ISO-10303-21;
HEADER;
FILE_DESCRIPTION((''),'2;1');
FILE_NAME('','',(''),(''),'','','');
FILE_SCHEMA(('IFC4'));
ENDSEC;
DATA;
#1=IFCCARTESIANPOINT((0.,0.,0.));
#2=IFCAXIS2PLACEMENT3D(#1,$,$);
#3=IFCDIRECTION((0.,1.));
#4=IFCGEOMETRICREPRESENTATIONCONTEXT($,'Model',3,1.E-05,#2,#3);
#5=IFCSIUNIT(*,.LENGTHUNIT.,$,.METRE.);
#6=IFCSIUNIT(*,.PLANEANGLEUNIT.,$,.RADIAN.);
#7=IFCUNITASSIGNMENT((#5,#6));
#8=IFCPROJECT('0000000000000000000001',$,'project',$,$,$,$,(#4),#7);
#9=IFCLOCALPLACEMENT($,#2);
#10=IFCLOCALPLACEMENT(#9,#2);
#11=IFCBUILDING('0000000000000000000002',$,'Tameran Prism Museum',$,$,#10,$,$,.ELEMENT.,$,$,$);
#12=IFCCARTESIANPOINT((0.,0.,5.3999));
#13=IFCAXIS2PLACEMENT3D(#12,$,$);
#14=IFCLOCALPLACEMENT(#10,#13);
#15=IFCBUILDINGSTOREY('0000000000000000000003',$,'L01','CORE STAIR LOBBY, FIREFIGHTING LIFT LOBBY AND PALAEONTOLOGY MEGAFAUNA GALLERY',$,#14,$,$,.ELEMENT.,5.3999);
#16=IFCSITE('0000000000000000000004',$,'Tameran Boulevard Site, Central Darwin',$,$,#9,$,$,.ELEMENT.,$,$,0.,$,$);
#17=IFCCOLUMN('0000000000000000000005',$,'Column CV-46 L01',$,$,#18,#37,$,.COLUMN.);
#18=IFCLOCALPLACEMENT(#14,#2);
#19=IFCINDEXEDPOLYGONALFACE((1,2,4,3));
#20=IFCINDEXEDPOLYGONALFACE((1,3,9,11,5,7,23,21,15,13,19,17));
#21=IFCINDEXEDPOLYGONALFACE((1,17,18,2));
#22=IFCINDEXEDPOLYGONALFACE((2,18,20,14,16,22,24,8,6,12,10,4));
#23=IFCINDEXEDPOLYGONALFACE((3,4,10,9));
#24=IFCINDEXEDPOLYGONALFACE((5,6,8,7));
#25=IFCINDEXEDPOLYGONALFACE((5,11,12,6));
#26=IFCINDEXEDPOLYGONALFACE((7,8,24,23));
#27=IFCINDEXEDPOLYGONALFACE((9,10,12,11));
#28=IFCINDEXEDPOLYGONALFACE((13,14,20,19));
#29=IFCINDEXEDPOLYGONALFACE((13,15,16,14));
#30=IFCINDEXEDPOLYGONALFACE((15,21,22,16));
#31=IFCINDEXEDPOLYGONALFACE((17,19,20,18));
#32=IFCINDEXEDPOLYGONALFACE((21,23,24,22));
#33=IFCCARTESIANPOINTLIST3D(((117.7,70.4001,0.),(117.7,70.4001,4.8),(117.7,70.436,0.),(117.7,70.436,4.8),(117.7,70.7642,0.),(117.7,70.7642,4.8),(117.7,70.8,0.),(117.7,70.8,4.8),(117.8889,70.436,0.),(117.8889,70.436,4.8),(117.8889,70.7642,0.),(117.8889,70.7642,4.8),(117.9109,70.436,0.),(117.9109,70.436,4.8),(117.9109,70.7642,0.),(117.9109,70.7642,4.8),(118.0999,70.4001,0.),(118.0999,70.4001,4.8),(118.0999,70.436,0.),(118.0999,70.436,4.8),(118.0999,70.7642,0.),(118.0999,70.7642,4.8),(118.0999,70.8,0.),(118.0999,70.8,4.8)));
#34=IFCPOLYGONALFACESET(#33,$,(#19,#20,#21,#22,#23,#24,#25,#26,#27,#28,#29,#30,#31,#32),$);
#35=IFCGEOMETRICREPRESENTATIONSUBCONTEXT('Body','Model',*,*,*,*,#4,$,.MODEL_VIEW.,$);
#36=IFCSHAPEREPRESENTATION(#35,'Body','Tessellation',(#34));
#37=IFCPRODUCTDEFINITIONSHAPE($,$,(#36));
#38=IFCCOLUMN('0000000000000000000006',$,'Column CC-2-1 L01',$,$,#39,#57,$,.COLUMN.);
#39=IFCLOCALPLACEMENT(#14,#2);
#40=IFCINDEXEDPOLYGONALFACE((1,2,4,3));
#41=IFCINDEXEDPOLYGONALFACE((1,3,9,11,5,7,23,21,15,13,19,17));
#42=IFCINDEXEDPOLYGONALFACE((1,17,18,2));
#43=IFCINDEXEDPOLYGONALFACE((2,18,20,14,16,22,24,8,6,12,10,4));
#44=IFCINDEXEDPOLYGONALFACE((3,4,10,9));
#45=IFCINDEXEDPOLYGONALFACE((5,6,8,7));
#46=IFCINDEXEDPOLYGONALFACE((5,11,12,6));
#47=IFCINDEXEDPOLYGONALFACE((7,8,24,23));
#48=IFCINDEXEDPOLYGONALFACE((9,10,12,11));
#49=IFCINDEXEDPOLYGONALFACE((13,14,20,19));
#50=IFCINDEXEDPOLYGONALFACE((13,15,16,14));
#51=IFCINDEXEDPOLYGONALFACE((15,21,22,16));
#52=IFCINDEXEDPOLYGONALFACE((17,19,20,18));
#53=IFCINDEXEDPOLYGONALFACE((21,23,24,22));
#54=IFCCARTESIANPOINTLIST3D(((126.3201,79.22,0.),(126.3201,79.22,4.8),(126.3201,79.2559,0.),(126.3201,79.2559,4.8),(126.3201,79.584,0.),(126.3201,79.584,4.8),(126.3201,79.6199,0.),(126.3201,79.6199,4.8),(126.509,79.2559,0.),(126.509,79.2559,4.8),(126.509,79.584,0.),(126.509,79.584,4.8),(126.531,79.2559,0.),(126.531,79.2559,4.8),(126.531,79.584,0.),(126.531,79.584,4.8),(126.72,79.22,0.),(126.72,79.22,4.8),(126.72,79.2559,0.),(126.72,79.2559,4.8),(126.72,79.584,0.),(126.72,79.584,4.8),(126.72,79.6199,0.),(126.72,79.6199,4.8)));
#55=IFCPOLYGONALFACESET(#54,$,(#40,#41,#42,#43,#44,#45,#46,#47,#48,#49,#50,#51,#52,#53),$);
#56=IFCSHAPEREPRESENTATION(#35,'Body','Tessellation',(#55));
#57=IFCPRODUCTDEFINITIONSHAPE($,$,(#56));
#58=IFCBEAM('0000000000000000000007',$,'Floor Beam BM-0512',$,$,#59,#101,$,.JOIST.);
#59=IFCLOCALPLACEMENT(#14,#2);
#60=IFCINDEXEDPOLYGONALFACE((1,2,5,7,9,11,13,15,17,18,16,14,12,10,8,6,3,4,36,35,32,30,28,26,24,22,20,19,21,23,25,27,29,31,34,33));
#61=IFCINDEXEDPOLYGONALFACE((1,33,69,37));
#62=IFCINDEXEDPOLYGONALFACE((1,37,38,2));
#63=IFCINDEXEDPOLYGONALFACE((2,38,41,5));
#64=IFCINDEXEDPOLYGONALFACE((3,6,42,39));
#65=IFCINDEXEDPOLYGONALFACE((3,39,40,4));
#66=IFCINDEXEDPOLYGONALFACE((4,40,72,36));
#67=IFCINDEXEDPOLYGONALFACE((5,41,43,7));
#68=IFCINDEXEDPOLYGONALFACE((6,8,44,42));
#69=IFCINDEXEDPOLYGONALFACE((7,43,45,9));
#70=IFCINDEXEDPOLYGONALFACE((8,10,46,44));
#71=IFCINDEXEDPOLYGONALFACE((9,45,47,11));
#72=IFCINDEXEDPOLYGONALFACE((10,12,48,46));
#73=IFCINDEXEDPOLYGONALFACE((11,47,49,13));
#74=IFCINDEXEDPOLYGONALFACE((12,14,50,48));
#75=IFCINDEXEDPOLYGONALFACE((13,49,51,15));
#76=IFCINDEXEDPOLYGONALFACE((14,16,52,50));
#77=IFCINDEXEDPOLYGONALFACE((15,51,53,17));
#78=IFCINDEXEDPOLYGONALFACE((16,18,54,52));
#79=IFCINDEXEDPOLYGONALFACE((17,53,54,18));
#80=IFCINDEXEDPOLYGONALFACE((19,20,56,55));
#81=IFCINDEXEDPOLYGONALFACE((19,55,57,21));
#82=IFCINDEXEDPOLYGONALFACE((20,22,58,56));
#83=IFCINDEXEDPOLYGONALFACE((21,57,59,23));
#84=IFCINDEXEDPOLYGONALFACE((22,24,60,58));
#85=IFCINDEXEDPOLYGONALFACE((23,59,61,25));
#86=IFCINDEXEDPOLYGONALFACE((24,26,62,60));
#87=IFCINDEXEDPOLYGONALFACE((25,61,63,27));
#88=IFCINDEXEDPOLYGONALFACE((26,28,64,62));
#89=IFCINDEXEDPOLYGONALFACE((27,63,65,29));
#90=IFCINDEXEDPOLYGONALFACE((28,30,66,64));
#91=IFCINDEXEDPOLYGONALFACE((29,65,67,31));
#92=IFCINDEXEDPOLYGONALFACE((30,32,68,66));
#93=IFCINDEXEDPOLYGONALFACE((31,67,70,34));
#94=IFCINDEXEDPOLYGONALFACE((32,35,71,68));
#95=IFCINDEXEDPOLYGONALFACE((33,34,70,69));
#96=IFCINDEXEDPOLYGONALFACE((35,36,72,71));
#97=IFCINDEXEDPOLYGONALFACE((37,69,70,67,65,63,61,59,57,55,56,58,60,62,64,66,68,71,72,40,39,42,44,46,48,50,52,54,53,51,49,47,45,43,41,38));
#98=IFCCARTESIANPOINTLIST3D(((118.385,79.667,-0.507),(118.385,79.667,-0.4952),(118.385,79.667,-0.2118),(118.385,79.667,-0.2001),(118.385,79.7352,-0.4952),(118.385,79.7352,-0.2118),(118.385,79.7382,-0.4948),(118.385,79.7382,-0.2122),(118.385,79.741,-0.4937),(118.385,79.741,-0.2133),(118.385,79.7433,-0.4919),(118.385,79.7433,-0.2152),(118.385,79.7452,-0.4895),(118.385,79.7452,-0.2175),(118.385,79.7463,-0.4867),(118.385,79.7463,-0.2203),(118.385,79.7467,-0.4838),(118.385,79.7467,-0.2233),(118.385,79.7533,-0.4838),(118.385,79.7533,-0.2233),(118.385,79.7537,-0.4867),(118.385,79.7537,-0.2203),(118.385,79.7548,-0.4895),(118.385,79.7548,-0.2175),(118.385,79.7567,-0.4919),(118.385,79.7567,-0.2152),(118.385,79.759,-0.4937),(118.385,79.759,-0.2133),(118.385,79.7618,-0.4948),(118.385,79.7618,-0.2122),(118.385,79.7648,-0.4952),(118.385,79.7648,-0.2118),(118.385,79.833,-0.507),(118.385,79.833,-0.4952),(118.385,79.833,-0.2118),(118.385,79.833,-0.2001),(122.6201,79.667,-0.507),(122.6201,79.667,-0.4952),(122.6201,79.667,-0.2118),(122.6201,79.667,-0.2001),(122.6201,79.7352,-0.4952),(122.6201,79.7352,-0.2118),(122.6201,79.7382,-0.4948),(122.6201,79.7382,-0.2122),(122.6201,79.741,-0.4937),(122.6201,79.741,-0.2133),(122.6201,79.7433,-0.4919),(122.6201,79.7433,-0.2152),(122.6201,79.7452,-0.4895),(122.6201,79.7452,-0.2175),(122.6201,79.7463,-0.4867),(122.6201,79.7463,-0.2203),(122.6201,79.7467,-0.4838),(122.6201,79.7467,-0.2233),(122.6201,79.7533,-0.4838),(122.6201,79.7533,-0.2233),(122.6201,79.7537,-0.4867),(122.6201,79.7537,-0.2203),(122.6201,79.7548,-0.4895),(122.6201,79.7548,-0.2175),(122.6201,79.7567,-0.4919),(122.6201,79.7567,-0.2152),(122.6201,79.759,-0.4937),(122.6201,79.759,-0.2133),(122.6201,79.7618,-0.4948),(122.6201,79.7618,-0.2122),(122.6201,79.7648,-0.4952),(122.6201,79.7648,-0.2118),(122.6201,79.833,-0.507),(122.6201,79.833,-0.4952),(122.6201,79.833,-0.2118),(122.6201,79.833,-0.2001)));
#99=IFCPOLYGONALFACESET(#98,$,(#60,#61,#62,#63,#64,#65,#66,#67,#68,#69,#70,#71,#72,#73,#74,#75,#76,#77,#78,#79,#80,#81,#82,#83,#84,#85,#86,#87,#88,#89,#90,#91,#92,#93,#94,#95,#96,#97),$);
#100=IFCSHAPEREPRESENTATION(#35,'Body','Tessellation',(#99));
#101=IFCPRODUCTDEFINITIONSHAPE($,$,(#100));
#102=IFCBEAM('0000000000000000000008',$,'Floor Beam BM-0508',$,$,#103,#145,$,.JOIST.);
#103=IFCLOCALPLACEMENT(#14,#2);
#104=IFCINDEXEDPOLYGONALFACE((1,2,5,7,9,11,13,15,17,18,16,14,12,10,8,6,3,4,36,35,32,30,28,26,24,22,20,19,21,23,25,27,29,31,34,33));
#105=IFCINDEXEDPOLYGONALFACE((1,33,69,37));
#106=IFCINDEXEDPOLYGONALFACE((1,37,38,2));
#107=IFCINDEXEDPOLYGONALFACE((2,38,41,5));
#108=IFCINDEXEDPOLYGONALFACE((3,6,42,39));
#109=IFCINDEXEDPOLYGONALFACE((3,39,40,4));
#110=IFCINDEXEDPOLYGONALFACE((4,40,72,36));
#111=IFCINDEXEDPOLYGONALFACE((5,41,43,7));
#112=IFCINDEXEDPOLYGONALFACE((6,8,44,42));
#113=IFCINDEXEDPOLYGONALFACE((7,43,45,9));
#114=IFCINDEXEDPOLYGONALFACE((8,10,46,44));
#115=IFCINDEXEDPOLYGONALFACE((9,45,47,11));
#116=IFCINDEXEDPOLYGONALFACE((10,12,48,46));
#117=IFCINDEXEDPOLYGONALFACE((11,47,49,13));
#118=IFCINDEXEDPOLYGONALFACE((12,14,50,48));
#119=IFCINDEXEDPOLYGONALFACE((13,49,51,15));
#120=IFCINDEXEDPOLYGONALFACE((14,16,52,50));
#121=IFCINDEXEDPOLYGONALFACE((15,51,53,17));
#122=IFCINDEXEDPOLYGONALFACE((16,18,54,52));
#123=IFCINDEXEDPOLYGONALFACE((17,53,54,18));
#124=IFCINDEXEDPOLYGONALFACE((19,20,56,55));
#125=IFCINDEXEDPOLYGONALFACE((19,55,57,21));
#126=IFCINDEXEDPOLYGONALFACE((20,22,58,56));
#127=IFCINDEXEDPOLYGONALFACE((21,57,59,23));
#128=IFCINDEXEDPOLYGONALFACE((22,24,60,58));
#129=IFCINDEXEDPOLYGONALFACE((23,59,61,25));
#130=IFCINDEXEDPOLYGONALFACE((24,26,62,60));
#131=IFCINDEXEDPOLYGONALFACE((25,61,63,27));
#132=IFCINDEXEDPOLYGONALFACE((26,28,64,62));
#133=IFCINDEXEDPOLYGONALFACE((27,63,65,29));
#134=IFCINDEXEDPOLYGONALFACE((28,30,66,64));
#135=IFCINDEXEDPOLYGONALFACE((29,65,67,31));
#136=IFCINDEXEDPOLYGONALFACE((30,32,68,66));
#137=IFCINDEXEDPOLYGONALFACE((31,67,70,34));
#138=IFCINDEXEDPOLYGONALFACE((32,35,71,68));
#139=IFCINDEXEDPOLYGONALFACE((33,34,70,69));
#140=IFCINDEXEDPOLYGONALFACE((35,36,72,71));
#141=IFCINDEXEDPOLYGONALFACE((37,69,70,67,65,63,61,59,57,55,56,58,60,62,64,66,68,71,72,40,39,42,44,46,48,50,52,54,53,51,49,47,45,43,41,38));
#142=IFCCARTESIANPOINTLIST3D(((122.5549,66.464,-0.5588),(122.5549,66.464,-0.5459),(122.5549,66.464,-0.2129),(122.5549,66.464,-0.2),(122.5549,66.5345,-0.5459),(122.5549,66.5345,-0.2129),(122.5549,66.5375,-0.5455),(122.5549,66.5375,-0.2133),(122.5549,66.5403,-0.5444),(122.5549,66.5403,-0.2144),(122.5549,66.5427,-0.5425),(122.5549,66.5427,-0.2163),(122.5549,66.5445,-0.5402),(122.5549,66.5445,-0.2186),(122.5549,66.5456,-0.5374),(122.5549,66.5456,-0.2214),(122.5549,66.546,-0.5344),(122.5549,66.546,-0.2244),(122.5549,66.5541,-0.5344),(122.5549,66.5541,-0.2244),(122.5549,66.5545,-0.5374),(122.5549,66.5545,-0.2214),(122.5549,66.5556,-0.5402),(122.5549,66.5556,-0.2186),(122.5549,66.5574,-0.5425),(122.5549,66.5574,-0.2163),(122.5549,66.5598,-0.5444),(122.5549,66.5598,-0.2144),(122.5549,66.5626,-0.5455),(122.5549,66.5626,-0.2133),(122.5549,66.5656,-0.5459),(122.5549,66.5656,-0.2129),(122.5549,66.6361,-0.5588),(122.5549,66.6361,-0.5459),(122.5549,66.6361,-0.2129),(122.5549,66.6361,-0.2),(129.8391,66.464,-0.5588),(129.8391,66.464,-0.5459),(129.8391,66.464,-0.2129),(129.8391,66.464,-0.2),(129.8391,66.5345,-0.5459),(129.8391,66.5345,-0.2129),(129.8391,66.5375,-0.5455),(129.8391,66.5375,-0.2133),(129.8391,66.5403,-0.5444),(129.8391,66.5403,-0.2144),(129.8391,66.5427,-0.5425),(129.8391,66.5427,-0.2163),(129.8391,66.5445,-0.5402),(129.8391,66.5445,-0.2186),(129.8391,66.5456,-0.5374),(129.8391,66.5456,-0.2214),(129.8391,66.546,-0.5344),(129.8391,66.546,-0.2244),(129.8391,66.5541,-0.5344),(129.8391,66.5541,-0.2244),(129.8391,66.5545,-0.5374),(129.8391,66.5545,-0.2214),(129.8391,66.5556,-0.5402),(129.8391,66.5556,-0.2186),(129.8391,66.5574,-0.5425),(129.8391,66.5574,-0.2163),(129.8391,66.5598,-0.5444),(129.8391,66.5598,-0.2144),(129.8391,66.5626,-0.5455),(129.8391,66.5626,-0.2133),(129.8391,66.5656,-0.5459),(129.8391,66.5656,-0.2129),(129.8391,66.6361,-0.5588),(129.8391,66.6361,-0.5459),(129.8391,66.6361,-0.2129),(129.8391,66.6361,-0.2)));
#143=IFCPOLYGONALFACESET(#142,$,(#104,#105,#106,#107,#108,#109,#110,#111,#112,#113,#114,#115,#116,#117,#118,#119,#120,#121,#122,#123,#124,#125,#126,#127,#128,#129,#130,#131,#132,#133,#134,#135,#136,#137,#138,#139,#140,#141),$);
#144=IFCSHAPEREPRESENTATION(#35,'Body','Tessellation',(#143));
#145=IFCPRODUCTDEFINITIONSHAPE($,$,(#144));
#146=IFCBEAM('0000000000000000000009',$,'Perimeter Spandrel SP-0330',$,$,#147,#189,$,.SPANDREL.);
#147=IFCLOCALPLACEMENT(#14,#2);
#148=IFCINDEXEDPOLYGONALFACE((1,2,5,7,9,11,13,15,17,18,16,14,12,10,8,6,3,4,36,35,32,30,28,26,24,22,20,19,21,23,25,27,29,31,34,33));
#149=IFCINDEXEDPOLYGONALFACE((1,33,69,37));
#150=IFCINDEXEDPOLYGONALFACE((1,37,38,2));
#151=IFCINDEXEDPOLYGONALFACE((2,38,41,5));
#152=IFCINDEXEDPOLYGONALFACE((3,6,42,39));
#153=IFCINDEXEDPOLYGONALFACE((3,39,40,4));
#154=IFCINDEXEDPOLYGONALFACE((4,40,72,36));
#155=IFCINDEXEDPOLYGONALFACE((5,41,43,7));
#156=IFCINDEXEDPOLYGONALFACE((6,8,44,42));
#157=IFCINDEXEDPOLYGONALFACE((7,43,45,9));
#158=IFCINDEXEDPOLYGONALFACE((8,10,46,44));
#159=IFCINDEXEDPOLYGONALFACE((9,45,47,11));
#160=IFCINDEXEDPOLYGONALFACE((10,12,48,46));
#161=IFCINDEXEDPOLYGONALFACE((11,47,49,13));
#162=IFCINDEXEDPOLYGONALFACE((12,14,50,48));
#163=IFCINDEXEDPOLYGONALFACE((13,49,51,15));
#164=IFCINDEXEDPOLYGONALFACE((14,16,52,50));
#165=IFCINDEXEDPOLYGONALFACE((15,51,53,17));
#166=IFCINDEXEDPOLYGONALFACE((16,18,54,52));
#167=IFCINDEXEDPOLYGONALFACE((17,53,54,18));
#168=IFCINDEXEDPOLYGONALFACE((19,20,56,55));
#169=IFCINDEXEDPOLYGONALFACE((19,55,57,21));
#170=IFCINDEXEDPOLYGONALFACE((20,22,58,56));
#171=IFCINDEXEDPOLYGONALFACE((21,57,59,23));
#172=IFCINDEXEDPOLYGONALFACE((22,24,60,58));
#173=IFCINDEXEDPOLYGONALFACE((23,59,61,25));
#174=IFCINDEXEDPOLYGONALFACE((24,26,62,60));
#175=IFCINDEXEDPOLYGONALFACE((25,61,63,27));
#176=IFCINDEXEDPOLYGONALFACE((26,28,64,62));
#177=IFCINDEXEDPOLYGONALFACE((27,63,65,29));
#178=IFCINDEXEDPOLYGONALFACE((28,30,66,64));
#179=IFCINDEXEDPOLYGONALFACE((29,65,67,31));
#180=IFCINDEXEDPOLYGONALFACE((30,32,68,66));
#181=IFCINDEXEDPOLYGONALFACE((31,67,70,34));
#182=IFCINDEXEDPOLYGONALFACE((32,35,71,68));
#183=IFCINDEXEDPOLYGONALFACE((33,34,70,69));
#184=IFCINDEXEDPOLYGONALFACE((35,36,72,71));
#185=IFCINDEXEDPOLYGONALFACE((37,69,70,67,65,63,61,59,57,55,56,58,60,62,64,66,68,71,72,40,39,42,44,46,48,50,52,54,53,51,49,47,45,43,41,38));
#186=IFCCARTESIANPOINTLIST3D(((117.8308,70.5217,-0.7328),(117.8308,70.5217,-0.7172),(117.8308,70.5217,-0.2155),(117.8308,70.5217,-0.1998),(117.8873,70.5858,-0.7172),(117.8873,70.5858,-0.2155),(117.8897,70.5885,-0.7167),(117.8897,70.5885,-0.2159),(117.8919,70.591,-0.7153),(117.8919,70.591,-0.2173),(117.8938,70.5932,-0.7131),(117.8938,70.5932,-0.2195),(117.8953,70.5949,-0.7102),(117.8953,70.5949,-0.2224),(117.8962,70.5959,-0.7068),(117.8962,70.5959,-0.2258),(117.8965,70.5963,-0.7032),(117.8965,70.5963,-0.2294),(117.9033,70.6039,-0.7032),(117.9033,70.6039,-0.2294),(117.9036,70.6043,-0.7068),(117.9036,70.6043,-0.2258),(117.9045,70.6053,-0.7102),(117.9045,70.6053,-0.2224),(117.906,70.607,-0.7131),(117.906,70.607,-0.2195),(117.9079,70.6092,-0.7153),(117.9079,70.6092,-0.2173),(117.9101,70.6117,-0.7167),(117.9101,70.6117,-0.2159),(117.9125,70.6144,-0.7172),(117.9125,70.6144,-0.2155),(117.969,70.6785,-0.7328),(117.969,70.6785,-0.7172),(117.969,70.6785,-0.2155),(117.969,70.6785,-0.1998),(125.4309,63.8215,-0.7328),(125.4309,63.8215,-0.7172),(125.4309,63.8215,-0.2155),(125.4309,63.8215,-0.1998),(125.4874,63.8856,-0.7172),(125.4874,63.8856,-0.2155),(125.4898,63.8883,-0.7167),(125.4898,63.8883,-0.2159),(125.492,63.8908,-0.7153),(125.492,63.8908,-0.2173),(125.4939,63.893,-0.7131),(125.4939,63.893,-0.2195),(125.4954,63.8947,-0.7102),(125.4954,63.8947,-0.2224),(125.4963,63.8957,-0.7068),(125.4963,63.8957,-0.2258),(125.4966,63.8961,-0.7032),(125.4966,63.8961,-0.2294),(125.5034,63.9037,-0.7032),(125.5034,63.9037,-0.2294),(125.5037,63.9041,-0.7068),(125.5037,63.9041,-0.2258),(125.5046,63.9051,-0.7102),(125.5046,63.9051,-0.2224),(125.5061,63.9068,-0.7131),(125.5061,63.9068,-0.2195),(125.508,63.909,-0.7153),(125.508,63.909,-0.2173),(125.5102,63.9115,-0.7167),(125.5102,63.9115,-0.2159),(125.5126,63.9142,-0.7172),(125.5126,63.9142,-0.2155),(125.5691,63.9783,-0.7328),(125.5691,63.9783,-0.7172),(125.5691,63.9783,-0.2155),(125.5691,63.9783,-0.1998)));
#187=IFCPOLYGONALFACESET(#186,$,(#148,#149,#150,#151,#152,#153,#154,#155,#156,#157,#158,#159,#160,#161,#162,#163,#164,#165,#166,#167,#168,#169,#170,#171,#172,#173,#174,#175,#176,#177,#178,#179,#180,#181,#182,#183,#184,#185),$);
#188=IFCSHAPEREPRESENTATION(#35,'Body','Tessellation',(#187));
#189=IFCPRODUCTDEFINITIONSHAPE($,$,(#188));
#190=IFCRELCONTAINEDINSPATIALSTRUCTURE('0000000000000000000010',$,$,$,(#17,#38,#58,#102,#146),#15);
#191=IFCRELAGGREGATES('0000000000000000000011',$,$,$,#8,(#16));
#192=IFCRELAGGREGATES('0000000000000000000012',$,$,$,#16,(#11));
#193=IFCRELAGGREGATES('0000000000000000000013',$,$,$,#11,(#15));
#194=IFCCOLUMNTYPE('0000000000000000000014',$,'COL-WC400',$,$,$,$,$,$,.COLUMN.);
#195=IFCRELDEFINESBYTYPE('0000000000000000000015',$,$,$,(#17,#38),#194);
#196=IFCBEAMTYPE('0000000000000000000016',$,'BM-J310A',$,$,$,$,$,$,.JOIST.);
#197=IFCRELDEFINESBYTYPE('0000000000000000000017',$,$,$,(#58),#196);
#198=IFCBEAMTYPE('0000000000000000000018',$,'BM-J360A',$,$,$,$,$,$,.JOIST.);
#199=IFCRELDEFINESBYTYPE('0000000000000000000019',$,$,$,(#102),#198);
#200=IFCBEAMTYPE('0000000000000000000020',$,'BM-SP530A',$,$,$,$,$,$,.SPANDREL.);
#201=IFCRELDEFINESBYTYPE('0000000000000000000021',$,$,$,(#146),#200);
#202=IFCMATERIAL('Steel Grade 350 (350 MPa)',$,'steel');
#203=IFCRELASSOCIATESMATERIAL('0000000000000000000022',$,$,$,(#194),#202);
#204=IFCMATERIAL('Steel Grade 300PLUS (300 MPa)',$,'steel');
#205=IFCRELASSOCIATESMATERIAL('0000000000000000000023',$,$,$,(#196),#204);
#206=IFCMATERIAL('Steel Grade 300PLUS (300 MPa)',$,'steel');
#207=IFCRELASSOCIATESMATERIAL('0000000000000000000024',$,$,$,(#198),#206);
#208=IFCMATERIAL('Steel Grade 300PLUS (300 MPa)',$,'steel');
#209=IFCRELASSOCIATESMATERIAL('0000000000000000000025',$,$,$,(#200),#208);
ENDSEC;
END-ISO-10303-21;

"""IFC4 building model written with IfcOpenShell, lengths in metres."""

from ifc_helpers import new_model, si_unit, direction, frame, origin, origin_2d, place, context, subcontext, project, spatial, i_section, extrude, material, material_profile, profile_set, type_object, element, save


model = new_model("IFC4")

# Units and contexts
model_context = context("Model", 3, precision=1e-05, world=origin(), true_north=direction((0.0, 1.0)))
body_context = subcontext(model_context, "Body", "Model", "MODEL_VIEW")
ifc_project = project(units=[si_unit("LENGTHUNIT", "METRE"), si_unit("PLANEANGLEUNIT", "RADIAN")], contexts=[model_context])

# Site, building, storey
site_placement = place(None, origin())
site = spatial("IfcSite", under=ifc_project, at=site_placement, Name="Tameran Boulevard Site, Central Darwin", CompositionType="ELEMENT", RefElevation=0.0)
building_placement = place(site_placement, origin())
building = spatial("IfcBuilding", under=site, at=building_placement, Name="Tameran Prism Museum", CompositionType="ELEMENT")
storey_placement = place(building_placement, frame((0.0, 0.0, 5.3999)))
storey = spatial("IfcBuildingStorey", under=building, at=storey_placement, Name="L01", Description="CORE STAIR LOBBY, FIREFIGHTING LIFT LOBBY AND PALAEONTOLOGY MEGAFAUNA GALLERY", CompositionType="ELEMENT", Elevation=5.3999)

# Columns
ifc_material_1 = material(Name="Steel Grade 350 (350 MPa)", Category="steel")
ifc_material_profile_1 = material_profile(ifc_material_1, i_section(OverallWidth=0.3999, OverallDepth=0.3999, WebThickness=0.022, FlangeThickness=0.0359, at=origin_2d()))
ifc_profile_set_1 = profile_set([ifc_material_profile_1])
column_type = type_object("IfcColumnType", Name="COL-WC400", PredefinedType="COLUMN", material=ifc_profile_set_1)
for number, where, z_axis, x_axis, name in (
    (1, (117.8999, 70.6001, 0.0), (0.0, 0.0, 1.0), (1.0, 0.0, 0.0), "Column CV-46 L01"),
    (2, (126.52, 79.4199, 0.0), (0.0, 0.0, 1.0), (1.0, 0.0, 0.0), "Column CC-2-1 L01"),
):
    element("IfcColumn", number, at=place(storey_placement, frame(where, z_axis=z_axis, x_axis=x_axis)), inside=storey, type_object=column_type, Name=name, PredefinedType="COLUMN", context=body_context, shape_type="SweptSolid", body=[
        extrude(i_section(OverallWidth=0.3999, OverallDepth=0.3999, WebThickness=0.022, FlangeThickness=0.0359, at=origin_2d()), origin(), (0.0, 0.0, 1.0), 4.8),
    ])

# Beams
ifc_material_2 = material(Name="Steel Grade 300PLUS (300 MPa)", Category="steel")
ifc_material_profile_2 = material_profile(ifc_material_2, i_section(OverallWidth=0.166, OverallDepth=0.3069, WebThickness=0.0066, FlangeThickness=0.0117, FilletRadius=0.0115, at=origin_2d()))
ifc_profile_set_2 = profile_set([ifc_material_profile_2])
beam_type_1 = type_object("IfcBeamType", Name="BM-J310A", PredefinedType="JOIST", material=ifc_profile_set_2)
beam_1_placement = place(storey_placement, frame((118.385, 79.75, -0.3535), z_axis=(1.0, 0.0, 0.0), x_axis=(0.0, 1.0, 0.0)))
element("IfcBeam", 3, at=beam_1_placement, inside=storey, type_object=beam_type_1, Name="Floor Beam BM-0512", PredefinedType="JOIST", context=body_context, shape_type="SweptSolid", body=[
    extrude(i_section(OverallWidth=0.166, OverallDepth=0.3069, WebThickness=0.0066, FlangeThickness=0.0117, FilletRadius=0.0115, at=origin_2d()), origin(), (0.0, 0.0, 1.0), 4.2351),
])
ifc_material_3 = material(Name="Steel Grade 300PLUS (300 MPa)", Category="steel")
ifc_material_profile_3 = material_profile(ifc_material_3, i_section(OverallWidth=0.1721, OverallDepth=0.3589, WebThickness=0.0081, FlangeThickness=0.0129, FilletRadius=0.0115, at=origin_2d()))
ifc_profile_set_3 = profile_set([ifc_material_profile_3])
beam_type_2 = type_object("IfcBeamType", Name="BM-J360A", PredefinedType="JOIST", material=ifc_profile_set_3)
beam_2_placement = place(storey_placement, frame((122.5549, 66.55, -0.3794), z_axis=(1.0, 0.0, 0.0), x_axis=(0.0, 1.0, 0.0)))
element("IfcBeam", 4, at=beam_2_placement, inside=storey, type_object=beam_type_2, Name="Floor Beam BM-0508", PredefinedType="JOIST", context=body_context, shape_type="SweptSolid", body=[
    extrude(i_section(OverallWidth=0.1721, OverallDepth=0.3589, WebThickness=0.0081, FlangeThickness=0.0129, FilletRadius=0.0115, at=origin_2d()), origin(), (0.0, 0.0, 1.0), 7.2842),
])
ifc_material_4 = material(Name="Steel Grade 300PLUS (300 MPa)", Category="steel")
ifc_material_profile_4 = material_profile(ifc_material_4, i_section(OverallWidth=0.209, OverallDepth=0.533, WebThickness=0.0103, FlangeThickness=0.0156, FilletRadius=0.0139, at=origin_2d()))
ifc_profile_set_4 = profile_set([ifc_material_profile_4])
beam_type_3 = type_object("IfcBeamType", Name="BM-SP530A", PredefinedType="SPANDREL", material=ifc_profile_set_4)
beam_3_placement = place(storey_placement, frame((117.8999, 70.6001, -0.4663), z_axis=(0.75012, -0.661301, 0.0), x_axis=(0.661301, 0.75012, 0.0)))
element("IfcBeam", 5, at=beam_3_placement, inside=storey, type_object=beam_type_3, Name="Perimeter Spandrel SP-0330", PredefinedType="SPANDREL", context=body_context, shape_type="SweptSolid", body=[
    extrude(i_section(OverallWidth=0.209, OverallDepth=0.533, WebThickness=0.0103, FlangeThickness=0.0156, FilletRadius=0.0139, at=origin_2d()), origin(), (0.0, 0.0, 1.0), 10.1318),
])

save(model, "model.ifc")
